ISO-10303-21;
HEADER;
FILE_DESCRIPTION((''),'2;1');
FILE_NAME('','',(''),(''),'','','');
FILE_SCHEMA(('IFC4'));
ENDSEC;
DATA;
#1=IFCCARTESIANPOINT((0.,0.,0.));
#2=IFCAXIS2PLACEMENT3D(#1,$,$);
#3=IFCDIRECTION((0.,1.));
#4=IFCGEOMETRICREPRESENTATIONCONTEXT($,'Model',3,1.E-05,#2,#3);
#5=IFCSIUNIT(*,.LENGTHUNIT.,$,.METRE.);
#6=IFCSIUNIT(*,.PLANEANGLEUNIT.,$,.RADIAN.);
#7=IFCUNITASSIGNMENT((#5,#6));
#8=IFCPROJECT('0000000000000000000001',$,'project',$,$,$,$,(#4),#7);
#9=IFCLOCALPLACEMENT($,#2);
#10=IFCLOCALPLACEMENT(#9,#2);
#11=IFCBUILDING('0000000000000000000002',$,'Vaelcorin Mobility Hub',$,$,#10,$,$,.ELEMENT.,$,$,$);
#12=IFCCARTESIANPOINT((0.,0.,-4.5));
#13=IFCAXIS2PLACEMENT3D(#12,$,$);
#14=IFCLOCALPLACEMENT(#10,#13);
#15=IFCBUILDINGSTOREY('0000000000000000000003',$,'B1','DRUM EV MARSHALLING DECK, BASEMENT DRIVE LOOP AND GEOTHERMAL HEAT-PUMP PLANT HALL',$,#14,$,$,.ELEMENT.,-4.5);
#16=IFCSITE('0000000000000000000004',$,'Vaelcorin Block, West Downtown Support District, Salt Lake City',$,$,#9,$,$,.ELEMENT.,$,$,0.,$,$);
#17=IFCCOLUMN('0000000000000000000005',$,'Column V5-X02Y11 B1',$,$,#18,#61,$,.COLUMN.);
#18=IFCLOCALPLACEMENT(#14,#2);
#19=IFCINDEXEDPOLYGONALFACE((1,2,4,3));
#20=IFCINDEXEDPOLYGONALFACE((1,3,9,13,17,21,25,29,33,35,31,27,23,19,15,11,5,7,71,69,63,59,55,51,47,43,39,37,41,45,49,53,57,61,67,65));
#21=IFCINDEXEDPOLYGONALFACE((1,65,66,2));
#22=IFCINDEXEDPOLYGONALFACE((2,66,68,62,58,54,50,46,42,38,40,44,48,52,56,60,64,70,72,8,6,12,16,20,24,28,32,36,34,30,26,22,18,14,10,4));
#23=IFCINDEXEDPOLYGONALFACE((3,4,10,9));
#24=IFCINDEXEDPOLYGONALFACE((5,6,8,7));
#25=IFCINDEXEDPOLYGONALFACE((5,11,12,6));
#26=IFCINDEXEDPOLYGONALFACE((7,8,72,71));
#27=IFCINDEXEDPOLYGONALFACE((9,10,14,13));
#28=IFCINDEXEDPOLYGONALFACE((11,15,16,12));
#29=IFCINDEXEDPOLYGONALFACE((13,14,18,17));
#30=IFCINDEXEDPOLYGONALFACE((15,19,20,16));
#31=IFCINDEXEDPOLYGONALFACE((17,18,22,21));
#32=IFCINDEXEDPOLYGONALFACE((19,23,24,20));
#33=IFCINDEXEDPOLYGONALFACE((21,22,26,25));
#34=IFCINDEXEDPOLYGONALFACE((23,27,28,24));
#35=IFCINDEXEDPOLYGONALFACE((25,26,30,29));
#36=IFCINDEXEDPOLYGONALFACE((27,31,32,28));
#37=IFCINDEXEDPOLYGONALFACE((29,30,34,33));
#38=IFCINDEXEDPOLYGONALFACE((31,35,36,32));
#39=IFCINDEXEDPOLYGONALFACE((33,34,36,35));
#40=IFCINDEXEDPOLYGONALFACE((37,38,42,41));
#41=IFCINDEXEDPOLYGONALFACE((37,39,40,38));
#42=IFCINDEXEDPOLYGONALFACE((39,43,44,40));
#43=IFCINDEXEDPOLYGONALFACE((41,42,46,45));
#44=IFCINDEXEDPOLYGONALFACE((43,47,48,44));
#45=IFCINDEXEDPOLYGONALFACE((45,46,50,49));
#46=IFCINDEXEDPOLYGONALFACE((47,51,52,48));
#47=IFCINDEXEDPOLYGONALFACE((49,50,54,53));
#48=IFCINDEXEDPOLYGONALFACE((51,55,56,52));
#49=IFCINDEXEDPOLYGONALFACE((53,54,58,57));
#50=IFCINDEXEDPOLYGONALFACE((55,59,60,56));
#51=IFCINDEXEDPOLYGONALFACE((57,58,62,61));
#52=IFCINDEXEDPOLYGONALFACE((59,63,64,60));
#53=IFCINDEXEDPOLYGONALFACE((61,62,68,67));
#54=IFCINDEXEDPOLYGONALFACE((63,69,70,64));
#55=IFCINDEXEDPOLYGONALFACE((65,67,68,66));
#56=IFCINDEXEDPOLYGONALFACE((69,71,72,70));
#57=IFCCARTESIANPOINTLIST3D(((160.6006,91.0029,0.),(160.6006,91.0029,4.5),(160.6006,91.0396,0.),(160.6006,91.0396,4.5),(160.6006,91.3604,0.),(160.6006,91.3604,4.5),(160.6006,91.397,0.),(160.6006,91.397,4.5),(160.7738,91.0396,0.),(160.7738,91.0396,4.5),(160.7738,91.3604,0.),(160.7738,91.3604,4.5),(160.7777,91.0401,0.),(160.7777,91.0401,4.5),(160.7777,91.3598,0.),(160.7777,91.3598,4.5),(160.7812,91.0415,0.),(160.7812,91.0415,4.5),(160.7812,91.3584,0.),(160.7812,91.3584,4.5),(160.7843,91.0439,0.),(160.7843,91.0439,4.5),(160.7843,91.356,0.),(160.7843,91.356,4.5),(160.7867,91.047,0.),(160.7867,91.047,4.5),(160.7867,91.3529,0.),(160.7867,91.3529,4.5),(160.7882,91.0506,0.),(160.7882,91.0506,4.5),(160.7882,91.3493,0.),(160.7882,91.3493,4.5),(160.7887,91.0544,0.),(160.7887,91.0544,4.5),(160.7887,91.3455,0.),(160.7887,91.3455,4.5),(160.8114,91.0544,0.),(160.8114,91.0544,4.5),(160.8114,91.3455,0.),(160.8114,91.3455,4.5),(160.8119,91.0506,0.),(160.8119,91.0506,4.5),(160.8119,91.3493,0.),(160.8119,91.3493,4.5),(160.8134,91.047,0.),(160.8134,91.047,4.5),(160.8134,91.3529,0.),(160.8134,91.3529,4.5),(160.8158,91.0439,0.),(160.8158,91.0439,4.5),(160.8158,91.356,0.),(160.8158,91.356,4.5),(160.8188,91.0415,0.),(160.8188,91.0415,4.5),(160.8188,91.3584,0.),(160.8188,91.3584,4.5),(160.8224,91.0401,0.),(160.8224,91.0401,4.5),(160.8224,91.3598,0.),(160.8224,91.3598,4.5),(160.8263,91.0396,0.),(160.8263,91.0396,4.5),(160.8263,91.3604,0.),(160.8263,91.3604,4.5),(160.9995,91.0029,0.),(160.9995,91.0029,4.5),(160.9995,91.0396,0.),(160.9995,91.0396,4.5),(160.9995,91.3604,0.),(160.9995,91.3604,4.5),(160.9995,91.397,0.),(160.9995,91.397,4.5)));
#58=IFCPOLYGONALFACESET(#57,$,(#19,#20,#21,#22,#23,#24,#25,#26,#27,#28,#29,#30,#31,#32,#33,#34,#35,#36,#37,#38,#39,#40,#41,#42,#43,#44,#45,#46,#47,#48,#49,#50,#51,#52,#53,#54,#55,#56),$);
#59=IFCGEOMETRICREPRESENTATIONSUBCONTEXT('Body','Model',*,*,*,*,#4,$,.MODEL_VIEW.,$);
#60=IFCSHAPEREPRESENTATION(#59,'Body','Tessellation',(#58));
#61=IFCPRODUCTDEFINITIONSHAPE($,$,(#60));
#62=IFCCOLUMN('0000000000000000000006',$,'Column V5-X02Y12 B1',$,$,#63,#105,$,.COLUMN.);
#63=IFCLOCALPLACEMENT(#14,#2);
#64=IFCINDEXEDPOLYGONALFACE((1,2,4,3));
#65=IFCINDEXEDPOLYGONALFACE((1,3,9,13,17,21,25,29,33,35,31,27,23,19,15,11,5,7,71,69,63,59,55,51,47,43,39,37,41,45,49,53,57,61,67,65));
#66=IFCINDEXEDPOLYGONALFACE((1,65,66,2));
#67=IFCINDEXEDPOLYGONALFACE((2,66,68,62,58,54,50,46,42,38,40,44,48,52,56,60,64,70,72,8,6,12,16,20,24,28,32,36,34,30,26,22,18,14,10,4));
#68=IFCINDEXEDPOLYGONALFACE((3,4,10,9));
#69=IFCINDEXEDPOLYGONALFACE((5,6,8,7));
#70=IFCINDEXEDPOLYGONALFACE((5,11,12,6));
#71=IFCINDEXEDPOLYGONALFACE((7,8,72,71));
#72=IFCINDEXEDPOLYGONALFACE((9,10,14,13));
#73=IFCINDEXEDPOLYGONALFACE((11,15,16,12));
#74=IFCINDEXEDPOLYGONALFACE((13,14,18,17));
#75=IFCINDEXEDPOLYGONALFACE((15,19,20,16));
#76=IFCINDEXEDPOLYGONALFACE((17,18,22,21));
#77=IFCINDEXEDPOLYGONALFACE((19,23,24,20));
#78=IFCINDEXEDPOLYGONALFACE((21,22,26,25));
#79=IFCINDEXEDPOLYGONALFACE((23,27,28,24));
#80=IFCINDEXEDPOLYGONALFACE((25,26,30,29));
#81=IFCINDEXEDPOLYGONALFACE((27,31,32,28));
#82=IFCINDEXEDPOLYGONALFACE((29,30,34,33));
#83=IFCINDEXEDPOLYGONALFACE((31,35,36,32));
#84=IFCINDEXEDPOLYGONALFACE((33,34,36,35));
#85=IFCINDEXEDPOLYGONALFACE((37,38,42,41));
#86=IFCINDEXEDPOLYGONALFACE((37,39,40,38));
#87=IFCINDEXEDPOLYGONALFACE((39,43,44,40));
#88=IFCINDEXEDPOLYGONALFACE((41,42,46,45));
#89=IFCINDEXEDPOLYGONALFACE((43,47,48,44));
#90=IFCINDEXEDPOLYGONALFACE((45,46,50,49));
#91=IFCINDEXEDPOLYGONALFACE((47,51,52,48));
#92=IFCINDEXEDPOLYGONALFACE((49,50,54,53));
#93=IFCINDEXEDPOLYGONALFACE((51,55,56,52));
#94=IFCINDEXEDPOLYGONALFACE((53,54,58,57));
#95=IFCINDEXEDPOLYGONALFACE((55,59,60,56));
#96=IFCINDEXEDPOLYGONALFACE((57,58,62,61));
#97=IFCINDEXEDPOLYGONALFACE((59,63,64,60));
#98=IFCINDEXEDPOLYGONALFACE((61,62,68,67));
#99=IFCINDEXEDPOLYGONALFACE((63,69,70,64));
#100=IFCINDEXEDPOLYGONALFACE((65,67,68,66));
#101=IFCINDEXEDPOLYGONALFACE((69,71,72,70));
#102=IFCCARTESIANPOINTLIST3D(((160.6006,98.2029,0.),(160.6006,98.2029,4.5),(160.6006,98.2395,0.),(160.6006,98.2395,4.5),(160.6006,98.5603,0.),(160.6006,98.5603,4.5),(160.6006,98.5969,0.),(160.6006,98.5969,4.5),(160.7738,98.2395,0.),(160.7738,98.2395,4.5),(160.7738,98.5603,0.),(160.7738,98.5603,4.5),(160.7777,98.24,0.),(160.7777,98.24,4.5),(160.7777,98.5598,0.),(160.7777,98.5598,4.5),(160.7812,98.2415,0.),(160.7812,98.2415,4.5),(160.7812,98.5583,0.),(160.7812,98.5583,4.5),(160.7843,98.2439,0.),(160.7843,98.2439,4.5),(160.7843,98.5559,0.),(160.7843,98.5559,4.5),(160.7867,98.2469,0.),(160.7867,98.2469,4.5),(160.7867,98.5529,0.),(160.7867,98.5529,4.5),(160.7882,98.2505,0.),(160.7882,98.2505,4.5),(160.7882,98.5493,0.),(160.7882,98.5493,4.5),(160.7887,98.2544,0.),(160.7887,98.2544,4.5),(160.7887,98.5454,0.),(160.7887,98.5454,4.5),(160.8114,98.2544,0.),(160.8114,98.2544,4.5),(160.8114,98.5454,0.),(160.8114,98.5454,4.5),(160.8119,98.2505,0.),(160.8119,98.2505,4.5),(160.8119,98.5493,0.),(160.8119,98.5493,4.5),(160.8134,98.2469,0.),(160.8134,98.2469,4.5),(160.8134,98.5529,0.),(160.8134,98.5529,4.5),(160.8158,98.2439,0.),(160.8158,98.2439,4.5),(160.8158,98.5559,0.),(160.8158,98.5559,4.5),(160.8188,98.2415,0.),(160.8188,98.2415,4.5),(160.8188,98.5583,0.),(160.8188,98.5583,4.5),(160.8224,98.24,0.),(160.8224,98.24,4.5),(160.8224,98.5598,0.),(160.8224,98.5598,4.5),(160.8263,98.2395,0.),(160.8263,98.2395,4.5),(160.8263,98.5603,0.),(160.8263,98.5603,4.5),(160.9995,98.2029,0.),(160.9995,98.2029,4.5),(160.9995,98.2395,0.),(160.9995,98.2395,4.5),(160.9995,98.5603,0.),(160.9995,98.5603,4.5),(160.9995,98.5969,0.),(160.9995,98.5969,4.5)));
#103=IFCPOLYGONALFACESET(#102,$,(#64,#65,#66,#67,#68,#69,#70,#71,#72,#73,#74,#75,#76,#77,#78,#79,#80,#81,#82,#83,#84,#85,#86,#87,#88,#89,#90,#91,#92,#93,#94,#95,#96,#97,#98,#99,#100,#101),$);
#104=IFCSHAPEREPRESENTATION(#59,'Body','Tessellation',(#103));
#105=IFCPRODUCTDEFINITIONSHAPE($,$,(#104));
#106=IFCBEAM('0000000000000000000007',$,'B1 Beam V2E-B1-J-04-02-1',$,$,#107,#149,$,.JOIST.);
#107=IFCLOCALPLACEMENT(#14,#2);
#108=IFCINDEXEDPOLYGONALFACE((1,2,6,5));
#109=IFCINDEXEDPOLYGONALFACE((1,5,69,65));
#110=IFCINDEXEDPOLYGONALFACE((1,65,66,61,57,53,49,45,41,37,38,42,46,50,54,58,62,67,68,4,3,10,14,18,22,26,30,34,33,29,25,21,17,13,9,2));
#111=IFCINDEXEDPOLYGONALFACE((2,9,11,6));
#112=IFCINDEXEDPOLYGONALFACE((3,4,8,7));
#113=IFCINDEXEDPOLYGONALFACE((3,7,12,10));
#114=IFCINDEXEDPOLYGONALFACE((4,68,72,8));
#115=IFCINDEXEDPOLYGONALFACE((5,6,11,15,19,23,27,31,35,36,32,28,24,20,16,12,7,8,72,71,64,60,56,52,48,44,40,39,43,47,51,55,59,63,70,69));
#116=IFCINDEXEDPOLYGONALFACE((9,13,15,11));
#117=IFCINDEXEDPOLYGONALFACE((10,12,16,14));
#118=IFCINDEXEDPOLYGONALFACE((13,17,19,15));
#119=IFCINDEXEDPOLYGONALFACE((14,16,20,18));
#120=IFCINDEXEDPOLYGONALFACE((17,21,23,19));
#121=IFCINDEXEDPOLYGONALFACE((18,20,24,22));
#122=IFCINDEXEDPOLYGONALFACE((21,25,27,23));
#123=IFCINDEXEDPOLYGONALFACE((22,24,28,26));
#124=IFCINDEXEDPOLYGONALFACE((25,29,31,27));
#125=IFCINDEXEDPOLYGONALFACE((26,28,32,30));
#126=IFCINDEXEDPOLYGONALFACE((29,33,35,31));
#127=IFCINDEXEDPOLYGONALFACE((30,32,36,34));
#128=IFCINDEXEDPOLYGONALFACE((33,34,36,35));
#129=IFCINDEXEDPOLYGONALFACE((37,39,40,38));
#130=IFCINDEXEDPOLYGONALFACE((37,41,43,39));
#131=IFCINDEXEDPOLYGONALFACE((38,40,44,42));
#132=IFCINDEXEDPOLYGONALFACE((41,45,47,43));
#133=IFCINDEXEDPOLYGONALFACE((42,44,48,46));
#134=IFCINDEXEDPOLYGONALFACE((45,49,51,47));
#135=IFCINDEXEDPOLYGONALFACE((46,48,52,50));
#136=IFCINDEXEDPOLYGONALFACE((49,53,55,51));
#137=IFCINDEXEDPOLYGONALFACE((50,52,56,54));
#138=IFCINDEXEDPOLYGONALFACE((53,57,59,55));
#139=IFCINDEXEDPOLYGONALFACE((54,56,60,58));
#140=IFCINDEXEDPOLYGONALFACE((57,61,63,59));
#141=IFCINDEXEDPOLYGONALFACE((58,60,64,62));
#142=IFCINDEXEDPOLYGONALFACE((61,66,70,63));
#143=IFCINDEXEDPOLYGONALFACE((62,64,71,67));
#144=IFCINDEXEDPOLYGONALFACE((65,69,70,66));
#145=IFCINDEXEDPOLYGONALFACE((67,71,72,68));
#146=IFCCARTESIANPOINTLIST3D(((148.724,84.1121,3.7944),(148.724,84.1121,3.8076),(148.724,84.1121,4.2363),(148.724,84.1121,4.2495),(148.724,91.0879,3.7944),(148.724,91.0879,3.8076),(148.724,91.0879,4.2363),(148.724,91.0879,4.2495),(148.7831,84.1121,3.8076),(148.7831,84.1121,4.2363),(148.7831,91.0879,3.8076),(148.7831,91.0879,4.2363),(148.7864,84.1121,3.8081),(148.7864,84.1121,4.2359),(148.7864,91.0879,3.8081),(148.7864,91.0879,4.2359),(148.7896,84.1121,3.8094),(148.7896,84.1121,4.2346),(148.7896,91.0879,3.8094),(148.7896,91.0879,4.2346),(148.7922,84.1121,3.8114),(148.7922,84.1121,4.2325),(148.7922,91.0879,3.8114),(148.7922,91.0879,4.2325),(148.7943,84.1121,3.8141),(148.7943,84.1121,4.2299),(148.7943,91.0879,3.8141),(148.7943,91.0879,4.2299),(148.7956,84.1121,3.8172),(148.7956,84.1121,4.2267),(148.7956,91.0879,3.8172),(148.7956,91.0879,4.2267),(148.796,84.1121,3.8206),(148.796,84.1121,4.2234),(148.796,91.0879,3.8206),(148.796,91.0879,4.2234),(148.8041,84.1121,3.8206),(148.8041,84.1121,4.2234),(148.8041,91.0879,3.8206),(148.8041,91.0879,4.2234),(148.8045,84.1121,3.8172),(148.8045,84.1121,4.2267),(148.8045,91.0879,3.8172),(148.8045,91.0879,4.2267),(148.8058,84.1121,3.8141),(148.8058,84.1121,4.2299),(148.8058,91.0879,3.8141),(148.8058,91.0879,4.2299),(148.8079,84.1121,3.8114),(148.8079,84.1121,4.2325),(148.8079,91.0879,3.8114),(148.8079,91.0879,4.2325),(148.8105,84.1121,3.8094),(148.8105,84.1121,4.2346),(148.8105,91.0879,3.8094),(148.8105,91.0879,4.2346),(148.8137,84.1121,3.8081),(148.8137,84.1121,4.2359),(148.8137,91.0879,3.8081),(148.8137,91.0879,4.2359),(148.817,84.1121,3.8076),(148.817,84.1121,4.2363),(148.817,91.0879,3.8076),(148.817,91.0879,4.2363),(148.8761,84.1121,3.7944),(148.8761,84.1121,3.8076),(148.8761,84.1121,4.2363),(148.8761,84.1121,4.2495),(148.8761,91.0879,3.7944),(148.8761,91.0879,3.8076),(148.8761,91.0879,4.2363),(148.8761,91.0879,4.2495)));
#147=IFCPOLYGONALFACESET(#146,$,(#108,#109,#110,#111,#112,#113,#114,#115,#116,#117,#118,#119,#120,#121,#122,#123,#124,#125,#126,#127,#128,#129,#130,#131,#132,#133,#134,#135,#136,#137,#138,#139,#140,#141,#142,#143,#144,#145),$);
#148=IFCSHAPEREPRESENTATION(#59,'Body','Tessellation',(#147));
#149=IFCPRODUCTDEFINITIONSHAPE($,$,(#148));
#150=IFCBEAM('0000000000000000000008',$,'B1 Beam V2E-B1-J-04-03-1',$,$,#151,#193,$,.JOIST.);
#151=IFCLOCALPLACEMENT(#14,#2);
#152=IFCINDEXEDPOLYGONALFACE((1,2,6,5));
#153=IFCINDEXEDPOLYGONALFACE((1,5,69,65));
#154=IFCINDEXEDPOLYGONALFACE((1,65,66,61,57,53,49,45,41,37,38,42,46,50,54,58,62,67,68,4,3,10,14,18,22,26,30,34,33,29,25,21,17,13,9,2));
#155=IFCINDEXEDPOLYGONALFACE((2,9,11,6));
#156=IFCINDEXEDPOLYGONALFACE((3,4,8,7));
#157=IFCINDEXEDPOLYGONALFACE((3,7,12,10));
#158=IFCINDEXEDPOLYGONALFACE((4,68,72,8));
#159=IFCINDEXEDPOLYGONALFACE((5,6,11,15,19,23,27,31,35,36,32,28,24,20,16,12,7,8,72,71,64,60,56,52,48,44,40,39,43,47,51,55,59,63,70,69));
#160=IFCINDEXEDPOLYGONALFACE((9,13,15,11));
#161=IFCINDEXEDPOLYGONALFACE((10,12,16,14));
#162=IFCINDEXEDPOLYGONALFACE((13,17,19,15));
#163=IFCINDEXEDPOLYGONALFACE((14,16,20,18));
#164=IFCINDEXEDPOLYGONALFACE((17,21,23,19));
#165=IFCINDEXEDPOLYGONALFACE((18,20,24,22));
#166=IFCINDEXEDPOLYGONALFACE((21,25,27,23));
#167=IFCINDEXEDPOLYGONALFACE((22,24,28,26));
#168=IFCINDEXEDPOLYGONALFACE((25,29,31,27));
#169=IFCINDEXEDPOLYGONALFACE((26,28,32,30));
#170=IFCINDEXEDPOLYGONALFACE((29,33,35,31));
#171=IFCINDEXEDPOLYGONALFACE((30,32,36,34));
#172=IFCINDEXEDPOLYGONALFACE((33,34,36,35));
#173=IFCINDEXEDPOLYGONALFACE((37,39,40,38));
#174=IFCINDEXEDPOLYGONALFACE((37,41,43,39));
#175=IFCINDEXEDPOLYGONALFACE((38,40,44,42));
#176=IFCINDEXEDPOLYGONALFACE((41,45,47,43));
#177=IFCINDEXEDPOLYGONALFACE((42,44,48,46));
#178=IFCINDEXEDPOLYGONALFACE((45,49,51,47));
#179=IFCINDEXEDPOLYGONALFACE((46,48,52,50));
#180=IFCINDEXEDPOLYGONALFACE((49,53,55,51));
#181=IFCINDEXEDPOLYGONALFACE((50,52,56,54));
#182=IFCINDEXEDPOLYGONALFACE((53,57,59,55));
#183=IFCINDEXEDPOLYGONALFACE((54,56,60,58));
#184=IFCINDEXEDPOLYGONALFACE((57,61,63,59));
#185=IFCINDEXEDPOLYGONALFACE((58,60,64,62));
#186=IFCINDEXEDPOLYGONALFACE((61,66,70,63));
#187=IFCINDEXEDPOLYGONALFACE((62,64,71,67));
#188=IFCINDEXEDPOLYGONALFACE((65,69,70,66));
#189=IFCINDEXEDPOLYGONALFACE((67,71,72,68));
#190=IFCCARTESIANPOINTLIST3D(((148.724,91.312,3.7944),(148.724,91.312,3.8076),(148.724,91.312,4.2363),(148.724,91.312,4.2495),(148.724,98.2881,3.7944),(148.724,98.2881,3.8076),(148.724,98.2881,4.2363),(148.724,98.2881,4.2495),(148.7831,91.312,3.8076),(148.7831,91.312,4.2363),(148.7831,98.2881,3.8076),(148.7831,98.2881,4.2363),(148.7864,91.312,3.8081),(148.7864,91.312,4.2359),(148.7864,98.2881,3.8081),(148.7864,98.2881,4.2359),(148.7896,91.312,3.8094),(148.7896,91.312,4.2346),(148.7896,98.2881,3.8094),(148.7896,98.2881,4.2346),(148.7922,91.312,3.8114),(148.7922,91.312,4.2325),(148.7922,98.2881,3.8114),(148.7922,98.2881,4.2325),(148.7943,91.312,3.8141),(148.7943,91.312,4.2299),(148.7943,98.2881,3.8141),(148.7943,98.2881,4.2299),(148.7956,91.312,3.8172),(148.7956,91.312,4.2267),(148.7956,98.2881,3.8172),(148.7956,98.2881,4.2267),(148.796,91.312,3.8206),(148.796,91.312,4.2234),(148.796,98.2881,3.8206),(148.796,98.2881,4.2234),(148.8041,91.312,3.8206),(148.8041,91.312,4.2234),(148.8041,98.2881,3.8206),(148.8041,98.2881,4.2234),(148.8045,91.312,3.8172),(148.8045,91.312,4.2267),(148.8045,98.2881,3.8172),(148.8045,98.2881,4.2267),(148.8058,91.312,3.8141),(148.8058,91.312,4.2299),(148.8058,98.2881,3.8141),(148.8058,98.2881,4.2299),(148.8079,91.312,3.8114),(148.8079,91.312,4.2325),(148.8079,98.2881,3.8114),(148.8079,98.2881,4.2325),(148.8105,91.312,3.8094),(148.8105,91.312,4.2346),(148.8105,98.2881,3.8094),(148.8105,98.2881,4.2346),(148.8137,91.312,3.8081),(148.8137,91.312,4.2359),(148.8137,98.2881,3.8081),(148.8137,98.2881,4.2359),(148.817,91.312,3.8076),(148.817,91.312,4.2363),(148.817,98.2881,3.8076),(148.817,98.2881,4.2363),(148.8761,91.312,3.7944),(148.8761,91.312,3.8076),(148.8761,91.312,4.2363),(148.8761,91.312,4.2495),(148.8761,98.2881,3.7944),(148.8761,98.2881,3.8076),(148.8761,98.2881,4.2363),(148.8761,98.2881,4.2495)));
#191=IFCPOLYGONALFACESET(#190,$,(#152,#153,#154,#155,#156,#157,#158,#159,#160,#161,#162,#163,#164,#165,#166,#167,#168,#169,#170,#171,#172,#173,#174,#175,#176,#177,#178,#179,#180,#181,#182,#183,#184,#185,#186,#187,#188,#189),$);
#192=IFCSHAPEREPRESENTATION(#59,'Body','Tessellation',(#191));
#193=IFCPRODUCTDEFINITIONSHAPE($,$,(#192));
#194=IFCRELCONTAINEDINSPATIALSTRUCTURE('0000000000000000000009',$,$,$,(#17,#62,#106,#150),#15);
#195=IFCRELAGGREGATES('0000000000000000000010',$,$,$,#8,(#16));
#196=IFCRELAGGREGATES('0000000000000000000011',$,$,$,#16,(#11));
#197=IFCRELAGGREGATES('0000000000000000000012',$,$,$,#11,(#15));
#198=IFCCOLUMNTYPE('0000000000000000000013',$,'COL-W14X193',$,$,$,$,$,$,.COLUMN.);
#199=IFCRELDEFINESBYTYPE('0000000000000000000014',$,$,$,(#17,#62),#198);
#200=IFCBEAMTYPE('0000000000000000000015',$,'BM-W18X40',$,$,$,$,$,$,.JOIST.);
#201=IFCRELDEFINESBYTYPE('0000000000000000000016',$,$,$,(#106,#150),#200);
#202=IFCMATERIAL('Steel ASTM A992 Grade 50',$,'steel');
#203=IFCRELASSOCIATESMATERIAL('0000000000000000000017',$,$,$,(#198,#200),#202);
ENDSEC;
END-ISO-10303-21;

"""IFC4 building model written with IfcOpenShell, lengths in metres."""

from ifc_helpers import new_model, si_unit, direction, frame, origin, origin_2d, place, context, subcontext, project, spatial, i_section, extrude, material, material_profile, profile_set, type_object, element, save


model = new_model("IFC4")

# Units and contexts
model_context = context("Model", 3, precision=1e-05, world=origin(), true_north=direction((0.0, 1.0)))
body_context = subcontext(model_context, "Body", "Model", "MODEL_VIEW")
ifc_project = project(units=[si_unit("LENGTHUNIT", "METRE"), si_unit("PLANEANGLEUNIT", "RADIAN")], contexts=[model_context])

# Site, building, storey
site_placement = place(None, origin())
site = spatial("IfcSite", under=ifc_project, at=site_placement, Name="Vaelcorin Block, West Downtown Support District, Salt Lake City", CompositionType="ELEMENT", RefElevation=0.0)
building_placement = place(site_placement, origin())
building = spatial("IfcBuilding", under=site, at=building_placement, Name="Vaelcorin Mobility Hub", CompositionType="ELEMENT")
storey_placement = place(building_placement, frame((0.0, 0.0, -4.5)))
storey = spatial("IfcBuildingStorey", under=building, at=storey_placement, Name="B1", Description="DRUM EV MARSHALLING DECK, BASEMENT DRIVE LOOP AND GEOTHERMAL HEAT-PUMP PLANT HALL", CompositionType="ELEMENT", Elevation=-4.5)

# Columns
ifc_material_1 = material(Name="Steel ASTM A992 Grade 50", Category="steel")
ifc_material_profile_1 = material_profile(ifc_material_1, i_section(OverallWidth=0.3989, OverallDepth=0.394, WebThickness=0.0227, FlangeThickness=0.0366, FilletRadius=0.0149, at=origin_2d()), Name="W14X193")
ifc_profile_set_1 = profile_set([ifc_material_profile_1], Name="Steel ASTM A992 Grade 50")
column_type = type_object("IfcColumnType", Name="COL-W14X193", PredefinedType="COLUMN", material=ifc_profile_set_1)
for number, where, z_axis, x_axis, name in (
    (1, (160.8, 91.2, 0.0), (0.0, 0.0, 1.0), (1.0, 0.0, 0.0), "Column V5-X02Y11 B1"),
    (2, (160.8, 98.3999, 0.0), (0.0, 0.0, 1.0), (1.0, 0.0, 0.0), "Column V5-X02Y12 B1"),
):
    element("IfcColumn", number, at=place(storey_placement, frame(where, z_axis=z_axis, x_axis=x_axis)), inside=storey, type_object=column_type, Name=name, PredefinedType="COLUMN", context=body_context, shape_type="SweptSolid", body=[
        extrude(i_section(OverallWidth=0.3989, OverallDepth=0.394, WebThickness=0.0227, FlangeThickness=0.0366, FilletRadius=0.0149, at=origin_2d()), origin(), (0.0, 0.0, 1.0), 4.5),
    ])

# Beams
ifc_material_profile_2 = material_profile(ifc_material_1, i_section(OverallWidth=0.1521, OverallDepth=0.4551, WebThickness=0.0081, FlangeThickness=0.0132, FilletRadius=0.0129, at=origin_2d()), Name="W18X40")
ifc_profile_set_2 = profile_set([ifc_material_profile_2], Name="Steel ASTM A992 Grade 50")
beam_type_1 = type_object("IfcBeamType", Name="BM-W18X40", PredefinedType="JOIST", material=ifc_profile_set_2)
beam_1_placement = place(storey_placement, frame((148.8, 84.1121, 4.022), z_axis=(0.0, 1.0, 0.0), x_axis=(-1.0, 0.0, 0.0)))
element("IfcBeam", 3, at=beam_1_placement, inside=storey, type_object=beam_type_1, Name="B1 Beam V2E-B1-J-04-02-1", PredefinedType="JOIST", context=body_context, shape_type="SweptSolid", body=[
    extrude(i_section(OverallWidth=0.1521, OverallDepth=0.4551, WebThickness=0.0081, FlangeThickness=0.0132, FilletRadius=0.0129, at=origin_2d()), origin(), (0.0, 0.0, 1.0), 6.9758),
])
beam_2_placement = place(storey_placement, frame((148.8, 91.312, 4.022), z_axis=(0.0, 1.0, 0.0), x_axis=(-1.0, 0.0, 0.0)))
element("IfcBeam", 4, at=beam_2_placement, inside=storey, type_object=beam_type_1, Name="B1 Beam V2E-B1-J-04-03-1", PredefinedType="JOIST", context=body_context, shape_type="SweptSolid", body=[
    extrude(i_section(OverallWidth=0.1521, OverallDepth=0.4551, WebThickness=0.0081, FlangeThickness=0.0132, FilletRadius=0.0129, at=origin_2d()), origin(), (0.0, 0.0, 1.0), 6.9761),
])

save(model, "model.ifc")
